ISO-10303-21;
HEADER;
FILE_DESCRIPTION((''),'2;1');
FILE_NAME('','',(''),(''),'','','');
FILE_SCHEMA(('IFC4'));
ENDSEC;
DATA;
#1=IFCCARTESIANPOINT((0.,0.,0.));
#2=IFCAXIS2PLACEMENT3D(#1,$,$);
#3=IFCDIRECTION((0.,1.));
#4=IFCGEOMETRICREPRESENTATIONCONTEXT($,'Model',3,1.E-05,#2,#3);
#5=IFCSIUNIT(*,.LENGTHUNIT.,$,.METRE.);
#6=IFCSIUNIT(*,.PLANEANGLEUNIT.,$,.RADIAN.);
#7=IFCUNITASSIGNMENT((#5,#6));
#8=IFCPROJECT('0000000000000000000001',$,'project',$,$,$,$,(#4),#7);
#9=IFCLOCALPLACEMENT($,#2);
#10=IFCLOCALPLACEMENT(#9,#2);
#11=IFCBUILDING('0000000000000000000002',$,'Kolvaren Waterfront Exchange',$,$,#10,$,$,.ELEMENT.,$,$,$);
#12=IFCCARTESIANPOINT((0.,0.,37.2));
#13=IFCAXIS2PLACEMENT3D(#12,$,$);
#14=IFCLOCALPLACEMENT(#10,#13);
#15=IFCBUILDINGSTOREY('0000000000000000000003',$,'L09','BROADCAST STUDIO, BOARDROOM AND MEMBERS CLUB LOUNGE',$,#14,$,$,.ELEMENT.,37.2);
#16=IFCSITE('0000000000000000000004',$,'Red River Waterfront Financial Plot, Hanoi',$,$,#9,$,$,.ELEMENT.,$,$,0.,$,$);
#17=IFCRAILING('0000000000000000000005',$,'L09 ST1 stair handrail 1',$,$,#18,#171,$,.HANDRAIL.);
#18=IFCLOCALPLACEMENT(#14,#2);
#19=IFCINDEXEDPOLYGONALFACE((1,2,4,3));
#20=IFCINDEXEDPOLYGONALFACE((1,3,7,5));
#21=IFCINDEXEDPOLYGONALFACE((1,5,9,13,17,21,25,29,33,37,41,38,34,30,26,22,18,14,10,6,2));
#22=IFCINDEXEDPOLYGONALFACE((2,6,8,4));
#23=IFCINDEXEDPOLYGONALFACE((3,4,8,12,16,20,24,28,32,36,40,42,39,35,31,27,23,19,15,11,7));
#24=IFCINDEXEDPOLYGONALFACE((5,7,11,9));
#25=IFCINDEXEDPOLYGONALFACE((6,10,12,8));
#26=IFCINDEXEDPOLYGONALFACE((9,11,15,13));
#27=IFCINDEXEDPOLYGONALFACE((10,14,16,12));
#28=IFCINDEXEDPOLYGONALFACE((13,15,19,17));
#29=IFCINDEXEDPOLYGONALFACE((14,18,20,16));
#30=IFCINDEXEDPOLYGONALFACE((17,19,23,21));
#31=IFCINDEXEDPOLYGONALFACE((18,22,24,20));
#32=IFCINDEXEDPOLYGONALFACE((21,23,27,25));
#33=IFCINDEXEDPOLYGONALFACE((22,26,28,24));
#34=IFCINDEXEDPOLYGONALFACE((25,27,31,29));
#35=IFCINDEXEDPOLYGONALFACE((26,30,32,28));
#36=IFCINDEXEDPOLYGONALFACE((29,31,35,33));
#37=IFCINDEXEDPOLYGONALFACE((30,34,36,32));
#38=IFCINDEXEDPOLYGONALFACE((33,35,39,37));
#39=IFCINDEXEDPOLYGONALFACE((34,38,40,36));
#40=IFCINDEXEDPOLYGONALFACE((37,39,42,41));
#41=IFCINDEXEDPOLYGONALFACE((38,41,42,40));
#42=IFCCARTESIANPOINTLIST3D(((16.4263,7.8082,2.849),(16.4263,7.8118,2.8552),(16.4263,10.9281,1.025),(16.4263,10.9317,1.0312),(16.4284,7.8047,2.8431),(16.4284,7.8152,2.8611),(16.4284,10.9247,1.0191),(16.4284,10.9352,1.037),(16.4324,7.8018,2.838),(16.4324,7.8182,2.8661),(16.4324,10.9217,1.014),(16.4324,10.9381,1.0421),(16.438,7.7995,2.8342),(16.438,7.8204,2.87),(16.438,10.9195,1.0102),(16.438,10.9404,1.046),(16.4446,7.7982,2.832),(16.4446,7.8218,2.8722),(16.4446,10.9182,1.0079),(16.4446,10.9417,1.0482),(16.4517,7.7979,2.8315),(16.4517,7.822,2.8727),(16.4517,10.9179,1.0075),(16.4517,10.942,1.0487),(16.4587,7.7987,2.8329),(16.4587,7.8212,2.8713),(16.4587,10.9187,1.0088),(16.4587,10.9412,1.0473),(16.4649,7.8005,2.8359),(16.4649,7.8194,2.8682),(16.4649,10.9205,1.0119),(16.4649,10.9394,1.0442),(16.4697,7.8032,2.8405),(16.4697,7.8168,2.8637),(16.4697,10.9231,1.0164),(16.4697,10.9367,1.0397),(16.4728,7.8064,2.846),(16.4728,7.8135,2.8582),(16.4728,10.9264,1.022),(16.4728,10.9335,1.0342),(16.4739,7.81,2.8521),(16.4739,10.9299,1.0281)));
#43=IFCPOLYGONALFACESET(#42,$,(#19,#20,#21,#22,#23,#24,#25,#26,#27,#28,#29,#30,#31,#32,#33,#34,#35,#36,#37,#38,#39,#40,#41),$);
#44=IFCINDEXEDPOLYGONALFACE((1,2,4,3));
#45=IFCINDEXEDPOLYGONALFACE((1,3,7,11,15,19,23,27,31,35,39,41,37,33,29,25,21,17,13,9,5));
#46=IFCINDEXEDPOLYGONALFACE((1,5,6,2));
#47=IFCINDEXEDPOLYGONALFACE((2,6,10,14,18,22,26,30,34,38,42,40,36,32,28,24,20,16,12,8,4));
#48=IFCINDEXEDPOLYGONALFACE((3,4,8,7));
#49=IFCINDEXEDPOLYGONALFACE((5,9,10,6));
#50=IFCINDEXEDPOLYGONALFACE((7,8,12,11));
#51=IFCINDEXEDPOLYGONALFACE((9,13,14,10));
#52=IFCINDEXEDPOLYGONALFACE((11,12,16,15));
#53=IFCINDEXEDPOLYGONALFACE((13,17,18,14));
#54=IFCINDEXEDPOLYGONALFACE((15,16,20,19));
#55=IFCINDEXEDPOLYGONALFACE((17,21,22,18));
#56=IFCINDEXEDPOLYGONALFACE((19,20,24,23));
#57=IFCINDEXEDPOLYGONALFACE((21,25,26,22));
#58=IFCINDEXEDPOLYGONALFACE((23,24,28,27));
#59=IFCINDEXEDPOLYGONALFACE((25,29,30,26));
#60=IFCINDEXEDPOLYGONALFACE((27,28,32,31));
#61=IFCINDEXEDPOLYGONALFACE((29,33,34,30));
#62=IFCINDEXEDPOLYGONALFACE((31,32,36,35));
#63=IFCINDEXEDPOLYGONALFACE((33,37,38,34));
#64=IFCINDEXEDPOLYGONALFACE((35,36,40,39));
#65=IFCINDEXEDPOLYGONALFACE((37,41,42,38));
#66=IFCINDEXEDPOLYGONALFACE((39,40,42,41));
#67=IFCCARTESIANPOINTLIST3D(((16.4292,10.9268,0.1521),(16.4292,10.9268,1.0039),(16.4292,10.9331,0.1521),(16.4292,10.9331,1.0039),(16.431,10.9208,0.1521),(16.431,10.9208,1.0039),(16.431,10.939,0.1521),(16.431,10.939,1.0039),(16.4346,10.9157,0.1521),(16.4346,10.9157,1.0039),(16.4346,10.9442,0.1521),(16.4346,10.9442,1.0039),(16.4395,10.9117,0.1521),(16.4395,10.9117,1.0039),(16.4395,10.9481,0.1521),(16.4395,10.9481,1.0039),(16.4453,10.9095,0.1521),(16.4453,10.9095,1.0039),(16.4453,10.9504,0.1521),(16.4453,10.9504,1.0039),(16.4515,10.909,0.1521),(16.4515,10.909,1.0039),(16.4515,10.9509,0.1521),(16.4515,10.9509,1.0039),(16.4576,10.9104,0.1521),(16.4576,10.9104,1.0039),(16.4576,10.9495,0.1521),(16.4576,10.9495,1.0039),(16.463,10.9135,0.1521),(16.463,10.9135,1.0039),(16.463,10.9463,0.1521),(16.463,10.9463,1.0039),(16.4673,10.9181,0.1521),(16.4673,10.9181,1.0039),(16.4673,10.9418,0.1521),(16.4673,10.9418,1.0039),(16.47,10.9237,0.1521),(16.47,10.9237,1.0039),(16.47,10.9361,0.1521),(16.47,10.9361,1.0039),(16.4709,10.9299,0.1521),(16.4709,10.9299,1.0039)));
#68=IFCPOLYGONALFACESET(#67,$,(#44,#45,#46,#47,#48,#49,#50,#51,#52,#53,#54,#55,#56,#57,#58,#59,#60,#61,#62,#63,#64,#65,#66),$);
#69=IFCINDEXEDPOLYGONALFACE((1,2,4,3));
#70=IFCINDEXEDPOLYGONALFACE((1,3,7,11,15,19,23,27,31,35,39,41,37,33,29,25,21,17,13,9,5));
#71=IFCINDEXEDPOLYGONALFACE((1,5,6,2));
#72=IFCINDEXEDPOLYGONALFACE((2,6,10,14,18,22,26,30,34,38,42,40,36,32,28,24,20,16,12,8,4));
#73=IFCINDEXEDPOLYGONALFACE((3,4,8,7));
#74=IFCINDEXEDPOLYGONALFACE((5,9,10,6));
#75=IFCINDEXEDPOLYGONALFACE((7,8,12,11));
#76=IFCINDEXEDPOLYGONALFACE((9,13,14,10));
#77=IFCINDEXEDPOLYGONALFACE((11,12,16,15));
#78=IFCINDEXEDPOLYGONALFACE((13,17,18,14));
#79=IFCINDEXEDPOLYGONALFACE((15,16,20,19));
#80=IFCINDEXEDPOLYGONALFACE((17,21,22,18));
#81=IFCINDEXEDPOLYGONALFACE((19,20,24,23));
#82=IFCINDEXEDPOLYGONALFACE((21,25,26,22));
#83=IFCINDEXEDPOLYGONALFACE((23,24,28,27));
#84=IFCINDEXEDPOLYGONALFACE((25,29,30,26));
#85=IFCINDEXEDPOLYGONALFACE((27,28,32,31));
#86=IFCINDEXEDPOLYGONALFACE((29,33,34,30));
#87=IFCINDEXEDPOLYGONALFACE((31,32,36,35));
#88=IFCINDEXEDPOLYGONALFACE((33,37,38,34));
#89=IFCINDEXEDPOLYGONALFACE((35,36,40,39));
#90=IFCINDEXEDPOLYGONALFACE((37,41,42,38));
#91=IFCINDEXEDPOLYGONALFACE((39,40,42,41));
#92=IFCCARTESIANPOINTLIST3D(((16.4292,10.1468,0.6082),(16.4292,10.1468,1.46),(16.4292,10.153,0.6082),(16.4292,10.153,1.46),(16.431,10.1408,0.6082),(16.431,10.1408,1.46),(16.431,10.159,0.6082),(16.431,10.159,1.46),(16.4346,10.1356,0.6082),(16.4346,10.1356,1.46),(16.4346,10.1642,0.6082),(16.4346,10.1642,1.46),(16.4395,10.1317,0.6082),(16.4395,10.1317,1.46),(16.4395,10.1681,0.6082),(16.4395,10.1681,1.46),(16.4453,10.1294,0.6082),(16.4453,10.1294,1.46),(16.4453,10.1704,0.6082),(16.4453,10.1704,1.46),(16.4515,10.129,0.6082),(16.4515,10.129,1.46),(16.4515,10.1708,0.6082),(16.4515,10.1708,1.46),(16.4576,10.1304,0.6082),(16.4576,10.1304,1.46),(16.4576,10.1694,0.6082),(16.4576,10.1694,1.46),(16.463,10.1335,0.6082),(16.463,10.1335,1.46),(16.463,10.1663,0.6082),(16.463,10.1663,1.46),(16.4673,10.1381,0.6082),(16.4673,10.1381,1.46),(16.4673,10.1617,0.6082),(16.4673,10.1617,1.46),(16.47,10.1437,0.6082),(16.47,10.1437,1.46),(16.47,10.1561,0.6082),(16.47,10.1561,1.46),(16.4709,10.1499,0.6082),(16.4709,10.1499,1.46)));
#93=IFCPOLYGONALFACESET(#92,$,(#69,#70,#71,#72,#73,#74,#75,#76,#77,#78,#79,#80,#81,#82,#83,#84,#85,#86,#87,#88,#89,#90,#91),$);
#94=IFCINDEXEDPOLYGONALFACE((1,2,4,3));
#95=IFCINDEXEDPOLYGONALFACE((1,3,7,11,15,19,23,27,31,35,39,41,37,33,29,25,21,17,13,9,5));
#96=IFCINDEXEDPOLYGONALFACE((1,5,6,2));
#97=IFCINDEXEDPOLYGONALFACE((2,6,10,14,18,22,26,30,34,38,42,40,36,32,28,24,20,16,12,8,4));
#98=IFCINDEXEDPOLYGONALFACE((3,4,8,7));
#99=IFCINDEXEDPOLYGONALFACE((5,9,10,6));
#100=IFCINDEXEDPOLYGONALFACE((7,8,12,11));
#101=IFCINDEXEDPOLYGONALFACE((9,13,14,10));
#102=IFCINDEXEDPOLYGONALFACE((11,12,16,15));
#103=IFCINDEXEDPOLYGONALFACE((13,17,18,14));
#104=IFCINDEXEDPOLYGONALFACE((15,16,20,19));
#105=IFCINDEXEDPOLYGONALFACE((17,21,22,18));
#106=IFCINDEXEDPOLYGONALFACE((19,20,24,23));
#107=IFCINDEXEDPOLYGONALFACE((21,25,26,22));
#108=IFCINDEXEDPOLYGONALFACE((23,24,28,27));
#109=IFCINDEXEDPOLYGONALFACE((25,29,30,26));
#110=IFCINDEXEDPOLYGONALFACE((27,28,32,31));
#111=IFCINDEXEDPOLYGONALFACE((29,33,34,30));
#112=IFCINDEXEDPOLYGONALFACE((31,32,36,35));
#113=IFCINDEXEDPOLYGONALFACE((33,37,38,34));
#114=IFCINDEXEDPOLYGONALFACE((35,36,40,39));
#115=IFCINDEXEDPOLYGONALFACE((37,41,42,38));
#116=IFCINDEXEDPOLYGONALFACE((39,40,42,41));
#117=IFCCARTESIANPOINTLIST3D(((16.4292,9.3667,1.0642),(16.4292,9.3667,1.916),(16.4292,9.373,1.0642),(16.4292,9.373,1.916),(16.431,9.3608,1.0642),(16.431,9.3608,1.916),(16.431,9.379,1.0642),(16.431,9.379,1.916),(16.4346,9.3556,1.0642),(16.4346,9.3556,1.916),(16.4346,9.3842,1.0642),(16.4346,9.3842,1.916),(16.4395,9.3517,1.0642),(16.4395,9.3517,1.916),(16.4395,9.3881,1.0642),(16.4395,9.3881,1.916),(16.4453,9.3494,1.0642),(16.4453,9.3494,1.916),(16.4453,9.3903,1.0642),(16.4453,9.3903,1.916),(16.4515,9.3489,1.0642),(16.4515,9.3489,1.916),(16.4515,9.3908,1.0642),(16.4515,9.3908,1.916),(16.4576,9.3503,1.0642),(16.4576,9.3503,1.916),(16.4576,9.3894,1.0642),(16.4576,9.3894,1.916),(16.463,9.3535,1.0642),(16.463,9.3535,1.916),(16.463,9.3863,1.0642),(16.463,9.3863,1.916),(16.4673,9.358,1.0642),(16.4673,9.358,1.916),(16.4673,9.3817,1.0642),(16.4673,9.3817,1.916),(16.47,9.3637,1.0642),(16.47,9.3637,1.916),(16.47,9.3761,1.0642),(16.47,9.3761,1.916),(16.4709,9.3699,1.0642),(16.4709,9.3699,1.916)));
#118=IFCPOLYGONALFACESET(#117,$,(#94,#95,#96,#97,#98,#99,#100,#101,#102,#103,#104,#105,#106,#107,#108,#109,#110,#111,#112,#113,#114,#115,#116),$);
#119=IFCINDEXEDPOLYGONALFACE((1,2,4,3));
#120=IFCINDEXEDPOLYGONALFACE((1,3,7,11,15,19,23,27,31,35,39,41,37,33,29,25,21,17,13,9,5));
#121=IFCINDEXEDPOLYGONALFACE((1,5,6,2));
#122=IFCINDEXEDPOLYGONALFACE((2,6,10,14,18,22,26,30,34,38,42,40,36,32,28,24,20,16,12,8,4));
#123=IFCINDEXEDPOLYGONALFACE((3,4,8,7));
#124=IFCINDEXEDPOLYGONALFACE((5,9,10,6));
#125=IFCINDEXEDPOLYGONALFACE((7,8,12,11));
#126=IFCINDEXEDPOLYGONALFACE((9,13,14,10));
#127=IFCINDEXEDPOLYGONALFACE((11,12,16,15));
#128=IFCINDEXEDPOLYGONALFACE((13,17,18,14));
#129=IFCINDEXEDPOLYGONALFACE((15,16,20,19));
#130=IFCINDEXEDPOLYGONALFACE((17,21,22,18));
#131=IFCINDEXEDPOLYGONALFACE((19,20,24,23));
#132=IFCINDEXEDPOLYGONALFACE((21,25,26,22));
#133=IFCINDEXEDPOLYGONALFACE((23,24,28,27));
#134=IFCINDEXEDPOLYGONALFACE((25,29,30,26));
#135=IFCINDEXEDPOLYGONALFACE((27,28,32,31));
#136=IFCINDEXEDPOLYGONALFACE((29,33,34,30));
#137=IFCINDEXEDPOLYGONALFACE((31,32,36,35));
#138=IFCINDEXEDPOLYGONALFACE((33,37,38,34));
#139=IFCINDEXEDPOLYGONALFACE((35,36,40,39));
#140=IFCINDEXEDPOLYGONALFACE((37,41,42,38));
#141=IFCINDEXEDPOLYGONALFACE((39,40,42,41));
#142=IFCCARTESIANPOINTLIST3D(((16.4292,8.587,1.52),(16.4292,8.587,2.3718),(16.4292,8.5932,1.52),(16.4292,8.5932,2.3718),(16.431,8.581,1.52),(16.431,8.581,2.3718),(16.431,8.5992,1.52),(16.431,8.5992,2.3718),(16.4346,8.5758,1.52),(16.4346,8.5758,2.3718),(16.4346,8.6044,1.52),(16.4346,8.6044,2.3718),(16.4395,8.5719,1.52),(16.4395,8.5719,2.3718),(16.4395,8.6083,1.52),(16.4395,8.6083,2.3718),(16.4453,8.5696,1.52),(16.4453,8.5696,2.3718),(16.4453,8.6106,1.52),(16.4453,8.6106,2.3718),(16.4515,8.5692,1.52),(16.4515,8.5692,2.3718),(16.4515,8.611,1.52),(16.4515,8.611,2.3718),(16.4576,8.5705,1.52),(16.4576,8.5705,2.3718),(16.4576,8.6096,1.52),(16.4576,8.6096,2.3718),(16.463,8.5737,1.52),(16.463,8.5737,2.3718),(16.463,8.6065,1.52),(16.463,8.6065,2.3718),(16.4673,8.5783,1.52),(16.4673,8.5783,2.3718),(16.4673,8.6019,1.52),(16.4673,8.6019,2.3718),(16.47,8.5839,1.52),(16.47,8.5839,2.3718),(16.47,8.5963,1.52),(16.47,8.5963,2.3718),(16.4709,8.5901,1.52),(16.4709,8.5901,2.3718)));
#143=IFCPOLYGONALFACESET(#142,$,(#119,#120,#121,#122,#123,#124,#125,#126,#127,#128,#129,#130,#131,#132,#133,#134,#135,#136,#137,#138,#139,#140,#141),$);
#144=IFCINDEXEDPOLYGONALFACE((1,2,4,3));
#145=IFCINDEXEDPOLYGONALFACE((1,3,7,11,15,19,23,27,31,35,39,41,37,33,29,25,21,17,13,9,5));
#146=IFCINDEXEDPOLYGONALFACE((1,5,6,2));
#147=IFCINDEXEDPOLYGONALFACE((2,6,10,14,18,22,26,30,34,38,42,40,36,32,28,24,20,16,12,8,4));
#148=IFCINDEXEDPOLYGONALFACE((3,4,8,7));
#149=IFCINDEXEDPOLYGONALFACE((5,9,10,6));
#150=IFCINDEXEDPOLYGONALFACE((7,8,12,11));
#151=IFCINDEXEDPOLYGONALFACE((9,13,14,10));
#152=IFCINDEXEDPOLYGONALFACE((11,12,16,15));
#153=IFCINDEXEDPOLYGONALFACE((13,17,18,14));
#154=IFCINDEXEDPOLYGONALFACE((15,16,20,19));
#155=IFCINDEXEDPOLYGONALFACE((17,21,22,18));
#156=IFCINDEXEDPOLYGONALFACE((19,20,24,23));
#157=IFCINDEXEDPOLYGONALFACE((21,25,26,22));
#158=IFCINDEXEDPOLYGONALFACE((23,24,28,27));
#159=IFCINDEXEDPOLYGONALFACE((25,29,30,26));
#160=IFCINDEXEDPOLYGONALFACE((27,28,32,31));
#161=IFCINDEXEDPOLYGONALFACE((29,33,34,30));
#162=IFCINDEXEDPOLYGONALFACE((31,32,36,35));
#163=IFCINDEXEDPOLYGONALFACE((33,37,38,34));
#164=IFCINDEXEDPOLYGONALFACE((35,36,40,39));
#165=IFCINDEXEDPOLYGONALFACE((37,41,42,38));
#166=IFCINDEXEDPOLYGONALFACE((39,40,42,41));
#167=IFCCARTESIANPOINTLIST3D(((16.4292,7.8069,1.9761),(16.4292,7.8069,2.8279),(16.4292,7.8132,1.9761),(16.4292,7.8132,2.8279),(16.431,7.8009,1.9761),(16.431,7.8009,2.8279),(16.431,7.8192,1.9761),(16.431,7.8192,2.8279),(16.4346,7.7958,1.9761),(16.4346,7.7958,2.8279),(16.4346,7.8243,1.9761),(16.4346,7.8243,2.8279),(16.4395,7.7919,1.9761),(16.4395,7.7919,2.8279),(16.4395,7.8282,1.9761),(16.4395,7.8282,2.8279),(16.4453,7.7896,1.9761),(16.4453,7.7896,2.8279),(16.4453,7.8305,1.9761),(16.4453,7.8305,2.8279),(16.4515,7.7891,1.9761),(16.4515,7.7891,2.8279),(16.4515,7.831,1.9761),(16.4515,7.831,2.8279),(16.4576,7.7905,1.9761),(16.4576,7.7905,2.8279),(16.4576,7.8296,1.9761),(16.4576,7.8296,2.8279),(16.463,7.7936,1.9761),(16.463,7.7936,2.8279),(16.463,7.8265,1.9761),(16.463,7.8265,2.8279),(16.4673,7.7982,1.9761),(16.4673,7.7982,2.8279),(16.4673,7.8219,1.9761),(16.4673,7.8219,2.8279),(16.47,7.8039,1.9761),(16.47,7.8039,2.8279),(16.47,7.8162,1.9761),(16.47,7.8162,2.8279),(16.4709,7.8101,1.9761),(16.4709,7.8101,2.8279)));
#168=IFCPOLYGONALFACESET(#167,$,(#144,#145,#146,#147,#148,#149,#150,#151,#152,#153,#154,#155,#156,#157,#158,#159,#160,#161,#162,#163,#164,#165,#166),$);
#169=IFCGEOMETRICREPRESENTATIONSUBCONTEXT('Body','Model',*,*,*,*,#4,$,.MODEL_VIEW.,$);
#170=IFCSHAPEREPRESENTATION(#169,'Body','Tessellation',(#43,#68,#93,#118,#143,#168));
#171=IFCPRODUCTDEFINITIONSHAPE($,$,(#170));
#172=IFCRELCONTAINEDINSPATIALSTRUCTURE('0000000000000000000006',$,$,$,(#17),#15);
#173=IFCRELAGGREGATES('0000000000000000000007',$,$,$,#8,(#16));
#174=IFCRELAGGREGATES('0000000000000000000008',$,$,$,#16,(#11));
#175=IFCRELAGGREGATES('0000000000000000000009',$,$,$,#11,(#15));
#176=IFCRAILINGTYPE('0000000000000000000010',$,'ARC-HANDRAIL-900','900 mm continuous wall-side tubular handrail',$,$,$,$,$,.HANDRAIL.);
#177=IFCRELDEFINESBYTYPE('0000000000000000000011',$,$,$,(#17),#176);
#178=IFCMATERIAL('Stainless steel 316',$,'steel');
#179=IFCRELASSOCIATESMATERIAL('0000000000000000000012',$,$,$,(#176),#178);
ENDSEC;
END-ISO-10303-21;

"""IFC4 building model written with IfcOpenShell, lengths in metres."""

from ifc_helpers import new_model, si_unit, direction, frame, origin, origin_2d, place, context, subcontext, project, spatial, circle, extrude, material, type_object, element, save


model = new_model("IFC4")

# Units and contexts
model_context = context("Model", 3, precision=1e-05, world=origin(), true_north=direction((0.0, 1.0)))
body_context = subcontext(model_context, "Body", "Model", "MODEL_VIEW")
ifc_project = project(units=[si_unit("LENGTHUNIT", "METRE"), si_unit("PLANEANGLEUNIT", "RADIAN")], contexts=[model_context])

# Site, building, storey
site_placement = place(None, origin())
site = spatial("IfcSite", under=ifc_project, at=site_placement, Name="Red River Waterfront Financial Plot, Hanoi", CompositionType="ELEMENT", RefElevation=0.0)
building_placement = place(site_placement, origin())
building = spatial("IfcBuilding", under=site, at=building_placement, Name="Kolvaren Waterfront Exchange", CompositionType="ELEMENT")
storey_placement = place(building_placement, frame((0.0, 0.0, 37.2)))
storey = spatial("IfcBuildingStorey", under=building, at=storey_placement, Name="L09", Description="BROADCAST STUDIO, BOARDROOM AND MEMBERS CLUB LOUNGE", CompositionType="ELEMENT", Elevation=37.2)

# Railing
ifc_material_1 = material(Name="Stainless steel 316", Category="steel")
railing_type_1 = type_object("IfcRailingType", Name="ARC-HANDRAIL-900", Description="900 mm continuous wall-side tubular handrail", PredefinedType="HANDRAIL", material=ifc_material_1)
railing_1_placement = place(storey_placement, frame((16.45, 10.9299, 0.1521)))
element("IfcRailing", 1, at=railing_1_placement, inside=storey, type_object=railing_type_1, Name="L09 ST1 stair handrail 1", PredefinedType="HANDRAIL", context=body_context, shape_type="SweptSolid", body=[
    extrude(circle(Radius=0.0239, at=origin_2d()), frame((0.0, 0.0, 0.876), z_axis=(0.0, -0.863291, 0.504707), x_axis=(1.0, 0.0, 0.0)), (0.0, 0.0, 1.0), 3.614),
    extrude(circle(Radius=0.021, at=origin_2d()), origin(), (0.0, 0.0, 1.0), 0.8518),
    extrude(circle(Radius=0.021, at=origin_2d()), frame((0.0, -0.78, 0.4561)), (0.0, 0.0, 1.0), 0.8518),
    extrude(circle(Radius=0.021, at=origin_2d()), frame((0.0, -1.5601, 0.9121)), (0.0, 0.0, 1.0), 0.8518),
    extrude(circle(Radius=0.021, at=origin_2d()), frame((0.0, -2.3398, 1.3679)), (0.0, 0.0, 1.0), 0.8518),
    extrude(circle(Radius=0.021, at=origin_2d()), frame((0.0, -3.1199, 1.824)), (0.0, 0.0, 1.0), 0.8518),
])

save(model, "model.ifc")
